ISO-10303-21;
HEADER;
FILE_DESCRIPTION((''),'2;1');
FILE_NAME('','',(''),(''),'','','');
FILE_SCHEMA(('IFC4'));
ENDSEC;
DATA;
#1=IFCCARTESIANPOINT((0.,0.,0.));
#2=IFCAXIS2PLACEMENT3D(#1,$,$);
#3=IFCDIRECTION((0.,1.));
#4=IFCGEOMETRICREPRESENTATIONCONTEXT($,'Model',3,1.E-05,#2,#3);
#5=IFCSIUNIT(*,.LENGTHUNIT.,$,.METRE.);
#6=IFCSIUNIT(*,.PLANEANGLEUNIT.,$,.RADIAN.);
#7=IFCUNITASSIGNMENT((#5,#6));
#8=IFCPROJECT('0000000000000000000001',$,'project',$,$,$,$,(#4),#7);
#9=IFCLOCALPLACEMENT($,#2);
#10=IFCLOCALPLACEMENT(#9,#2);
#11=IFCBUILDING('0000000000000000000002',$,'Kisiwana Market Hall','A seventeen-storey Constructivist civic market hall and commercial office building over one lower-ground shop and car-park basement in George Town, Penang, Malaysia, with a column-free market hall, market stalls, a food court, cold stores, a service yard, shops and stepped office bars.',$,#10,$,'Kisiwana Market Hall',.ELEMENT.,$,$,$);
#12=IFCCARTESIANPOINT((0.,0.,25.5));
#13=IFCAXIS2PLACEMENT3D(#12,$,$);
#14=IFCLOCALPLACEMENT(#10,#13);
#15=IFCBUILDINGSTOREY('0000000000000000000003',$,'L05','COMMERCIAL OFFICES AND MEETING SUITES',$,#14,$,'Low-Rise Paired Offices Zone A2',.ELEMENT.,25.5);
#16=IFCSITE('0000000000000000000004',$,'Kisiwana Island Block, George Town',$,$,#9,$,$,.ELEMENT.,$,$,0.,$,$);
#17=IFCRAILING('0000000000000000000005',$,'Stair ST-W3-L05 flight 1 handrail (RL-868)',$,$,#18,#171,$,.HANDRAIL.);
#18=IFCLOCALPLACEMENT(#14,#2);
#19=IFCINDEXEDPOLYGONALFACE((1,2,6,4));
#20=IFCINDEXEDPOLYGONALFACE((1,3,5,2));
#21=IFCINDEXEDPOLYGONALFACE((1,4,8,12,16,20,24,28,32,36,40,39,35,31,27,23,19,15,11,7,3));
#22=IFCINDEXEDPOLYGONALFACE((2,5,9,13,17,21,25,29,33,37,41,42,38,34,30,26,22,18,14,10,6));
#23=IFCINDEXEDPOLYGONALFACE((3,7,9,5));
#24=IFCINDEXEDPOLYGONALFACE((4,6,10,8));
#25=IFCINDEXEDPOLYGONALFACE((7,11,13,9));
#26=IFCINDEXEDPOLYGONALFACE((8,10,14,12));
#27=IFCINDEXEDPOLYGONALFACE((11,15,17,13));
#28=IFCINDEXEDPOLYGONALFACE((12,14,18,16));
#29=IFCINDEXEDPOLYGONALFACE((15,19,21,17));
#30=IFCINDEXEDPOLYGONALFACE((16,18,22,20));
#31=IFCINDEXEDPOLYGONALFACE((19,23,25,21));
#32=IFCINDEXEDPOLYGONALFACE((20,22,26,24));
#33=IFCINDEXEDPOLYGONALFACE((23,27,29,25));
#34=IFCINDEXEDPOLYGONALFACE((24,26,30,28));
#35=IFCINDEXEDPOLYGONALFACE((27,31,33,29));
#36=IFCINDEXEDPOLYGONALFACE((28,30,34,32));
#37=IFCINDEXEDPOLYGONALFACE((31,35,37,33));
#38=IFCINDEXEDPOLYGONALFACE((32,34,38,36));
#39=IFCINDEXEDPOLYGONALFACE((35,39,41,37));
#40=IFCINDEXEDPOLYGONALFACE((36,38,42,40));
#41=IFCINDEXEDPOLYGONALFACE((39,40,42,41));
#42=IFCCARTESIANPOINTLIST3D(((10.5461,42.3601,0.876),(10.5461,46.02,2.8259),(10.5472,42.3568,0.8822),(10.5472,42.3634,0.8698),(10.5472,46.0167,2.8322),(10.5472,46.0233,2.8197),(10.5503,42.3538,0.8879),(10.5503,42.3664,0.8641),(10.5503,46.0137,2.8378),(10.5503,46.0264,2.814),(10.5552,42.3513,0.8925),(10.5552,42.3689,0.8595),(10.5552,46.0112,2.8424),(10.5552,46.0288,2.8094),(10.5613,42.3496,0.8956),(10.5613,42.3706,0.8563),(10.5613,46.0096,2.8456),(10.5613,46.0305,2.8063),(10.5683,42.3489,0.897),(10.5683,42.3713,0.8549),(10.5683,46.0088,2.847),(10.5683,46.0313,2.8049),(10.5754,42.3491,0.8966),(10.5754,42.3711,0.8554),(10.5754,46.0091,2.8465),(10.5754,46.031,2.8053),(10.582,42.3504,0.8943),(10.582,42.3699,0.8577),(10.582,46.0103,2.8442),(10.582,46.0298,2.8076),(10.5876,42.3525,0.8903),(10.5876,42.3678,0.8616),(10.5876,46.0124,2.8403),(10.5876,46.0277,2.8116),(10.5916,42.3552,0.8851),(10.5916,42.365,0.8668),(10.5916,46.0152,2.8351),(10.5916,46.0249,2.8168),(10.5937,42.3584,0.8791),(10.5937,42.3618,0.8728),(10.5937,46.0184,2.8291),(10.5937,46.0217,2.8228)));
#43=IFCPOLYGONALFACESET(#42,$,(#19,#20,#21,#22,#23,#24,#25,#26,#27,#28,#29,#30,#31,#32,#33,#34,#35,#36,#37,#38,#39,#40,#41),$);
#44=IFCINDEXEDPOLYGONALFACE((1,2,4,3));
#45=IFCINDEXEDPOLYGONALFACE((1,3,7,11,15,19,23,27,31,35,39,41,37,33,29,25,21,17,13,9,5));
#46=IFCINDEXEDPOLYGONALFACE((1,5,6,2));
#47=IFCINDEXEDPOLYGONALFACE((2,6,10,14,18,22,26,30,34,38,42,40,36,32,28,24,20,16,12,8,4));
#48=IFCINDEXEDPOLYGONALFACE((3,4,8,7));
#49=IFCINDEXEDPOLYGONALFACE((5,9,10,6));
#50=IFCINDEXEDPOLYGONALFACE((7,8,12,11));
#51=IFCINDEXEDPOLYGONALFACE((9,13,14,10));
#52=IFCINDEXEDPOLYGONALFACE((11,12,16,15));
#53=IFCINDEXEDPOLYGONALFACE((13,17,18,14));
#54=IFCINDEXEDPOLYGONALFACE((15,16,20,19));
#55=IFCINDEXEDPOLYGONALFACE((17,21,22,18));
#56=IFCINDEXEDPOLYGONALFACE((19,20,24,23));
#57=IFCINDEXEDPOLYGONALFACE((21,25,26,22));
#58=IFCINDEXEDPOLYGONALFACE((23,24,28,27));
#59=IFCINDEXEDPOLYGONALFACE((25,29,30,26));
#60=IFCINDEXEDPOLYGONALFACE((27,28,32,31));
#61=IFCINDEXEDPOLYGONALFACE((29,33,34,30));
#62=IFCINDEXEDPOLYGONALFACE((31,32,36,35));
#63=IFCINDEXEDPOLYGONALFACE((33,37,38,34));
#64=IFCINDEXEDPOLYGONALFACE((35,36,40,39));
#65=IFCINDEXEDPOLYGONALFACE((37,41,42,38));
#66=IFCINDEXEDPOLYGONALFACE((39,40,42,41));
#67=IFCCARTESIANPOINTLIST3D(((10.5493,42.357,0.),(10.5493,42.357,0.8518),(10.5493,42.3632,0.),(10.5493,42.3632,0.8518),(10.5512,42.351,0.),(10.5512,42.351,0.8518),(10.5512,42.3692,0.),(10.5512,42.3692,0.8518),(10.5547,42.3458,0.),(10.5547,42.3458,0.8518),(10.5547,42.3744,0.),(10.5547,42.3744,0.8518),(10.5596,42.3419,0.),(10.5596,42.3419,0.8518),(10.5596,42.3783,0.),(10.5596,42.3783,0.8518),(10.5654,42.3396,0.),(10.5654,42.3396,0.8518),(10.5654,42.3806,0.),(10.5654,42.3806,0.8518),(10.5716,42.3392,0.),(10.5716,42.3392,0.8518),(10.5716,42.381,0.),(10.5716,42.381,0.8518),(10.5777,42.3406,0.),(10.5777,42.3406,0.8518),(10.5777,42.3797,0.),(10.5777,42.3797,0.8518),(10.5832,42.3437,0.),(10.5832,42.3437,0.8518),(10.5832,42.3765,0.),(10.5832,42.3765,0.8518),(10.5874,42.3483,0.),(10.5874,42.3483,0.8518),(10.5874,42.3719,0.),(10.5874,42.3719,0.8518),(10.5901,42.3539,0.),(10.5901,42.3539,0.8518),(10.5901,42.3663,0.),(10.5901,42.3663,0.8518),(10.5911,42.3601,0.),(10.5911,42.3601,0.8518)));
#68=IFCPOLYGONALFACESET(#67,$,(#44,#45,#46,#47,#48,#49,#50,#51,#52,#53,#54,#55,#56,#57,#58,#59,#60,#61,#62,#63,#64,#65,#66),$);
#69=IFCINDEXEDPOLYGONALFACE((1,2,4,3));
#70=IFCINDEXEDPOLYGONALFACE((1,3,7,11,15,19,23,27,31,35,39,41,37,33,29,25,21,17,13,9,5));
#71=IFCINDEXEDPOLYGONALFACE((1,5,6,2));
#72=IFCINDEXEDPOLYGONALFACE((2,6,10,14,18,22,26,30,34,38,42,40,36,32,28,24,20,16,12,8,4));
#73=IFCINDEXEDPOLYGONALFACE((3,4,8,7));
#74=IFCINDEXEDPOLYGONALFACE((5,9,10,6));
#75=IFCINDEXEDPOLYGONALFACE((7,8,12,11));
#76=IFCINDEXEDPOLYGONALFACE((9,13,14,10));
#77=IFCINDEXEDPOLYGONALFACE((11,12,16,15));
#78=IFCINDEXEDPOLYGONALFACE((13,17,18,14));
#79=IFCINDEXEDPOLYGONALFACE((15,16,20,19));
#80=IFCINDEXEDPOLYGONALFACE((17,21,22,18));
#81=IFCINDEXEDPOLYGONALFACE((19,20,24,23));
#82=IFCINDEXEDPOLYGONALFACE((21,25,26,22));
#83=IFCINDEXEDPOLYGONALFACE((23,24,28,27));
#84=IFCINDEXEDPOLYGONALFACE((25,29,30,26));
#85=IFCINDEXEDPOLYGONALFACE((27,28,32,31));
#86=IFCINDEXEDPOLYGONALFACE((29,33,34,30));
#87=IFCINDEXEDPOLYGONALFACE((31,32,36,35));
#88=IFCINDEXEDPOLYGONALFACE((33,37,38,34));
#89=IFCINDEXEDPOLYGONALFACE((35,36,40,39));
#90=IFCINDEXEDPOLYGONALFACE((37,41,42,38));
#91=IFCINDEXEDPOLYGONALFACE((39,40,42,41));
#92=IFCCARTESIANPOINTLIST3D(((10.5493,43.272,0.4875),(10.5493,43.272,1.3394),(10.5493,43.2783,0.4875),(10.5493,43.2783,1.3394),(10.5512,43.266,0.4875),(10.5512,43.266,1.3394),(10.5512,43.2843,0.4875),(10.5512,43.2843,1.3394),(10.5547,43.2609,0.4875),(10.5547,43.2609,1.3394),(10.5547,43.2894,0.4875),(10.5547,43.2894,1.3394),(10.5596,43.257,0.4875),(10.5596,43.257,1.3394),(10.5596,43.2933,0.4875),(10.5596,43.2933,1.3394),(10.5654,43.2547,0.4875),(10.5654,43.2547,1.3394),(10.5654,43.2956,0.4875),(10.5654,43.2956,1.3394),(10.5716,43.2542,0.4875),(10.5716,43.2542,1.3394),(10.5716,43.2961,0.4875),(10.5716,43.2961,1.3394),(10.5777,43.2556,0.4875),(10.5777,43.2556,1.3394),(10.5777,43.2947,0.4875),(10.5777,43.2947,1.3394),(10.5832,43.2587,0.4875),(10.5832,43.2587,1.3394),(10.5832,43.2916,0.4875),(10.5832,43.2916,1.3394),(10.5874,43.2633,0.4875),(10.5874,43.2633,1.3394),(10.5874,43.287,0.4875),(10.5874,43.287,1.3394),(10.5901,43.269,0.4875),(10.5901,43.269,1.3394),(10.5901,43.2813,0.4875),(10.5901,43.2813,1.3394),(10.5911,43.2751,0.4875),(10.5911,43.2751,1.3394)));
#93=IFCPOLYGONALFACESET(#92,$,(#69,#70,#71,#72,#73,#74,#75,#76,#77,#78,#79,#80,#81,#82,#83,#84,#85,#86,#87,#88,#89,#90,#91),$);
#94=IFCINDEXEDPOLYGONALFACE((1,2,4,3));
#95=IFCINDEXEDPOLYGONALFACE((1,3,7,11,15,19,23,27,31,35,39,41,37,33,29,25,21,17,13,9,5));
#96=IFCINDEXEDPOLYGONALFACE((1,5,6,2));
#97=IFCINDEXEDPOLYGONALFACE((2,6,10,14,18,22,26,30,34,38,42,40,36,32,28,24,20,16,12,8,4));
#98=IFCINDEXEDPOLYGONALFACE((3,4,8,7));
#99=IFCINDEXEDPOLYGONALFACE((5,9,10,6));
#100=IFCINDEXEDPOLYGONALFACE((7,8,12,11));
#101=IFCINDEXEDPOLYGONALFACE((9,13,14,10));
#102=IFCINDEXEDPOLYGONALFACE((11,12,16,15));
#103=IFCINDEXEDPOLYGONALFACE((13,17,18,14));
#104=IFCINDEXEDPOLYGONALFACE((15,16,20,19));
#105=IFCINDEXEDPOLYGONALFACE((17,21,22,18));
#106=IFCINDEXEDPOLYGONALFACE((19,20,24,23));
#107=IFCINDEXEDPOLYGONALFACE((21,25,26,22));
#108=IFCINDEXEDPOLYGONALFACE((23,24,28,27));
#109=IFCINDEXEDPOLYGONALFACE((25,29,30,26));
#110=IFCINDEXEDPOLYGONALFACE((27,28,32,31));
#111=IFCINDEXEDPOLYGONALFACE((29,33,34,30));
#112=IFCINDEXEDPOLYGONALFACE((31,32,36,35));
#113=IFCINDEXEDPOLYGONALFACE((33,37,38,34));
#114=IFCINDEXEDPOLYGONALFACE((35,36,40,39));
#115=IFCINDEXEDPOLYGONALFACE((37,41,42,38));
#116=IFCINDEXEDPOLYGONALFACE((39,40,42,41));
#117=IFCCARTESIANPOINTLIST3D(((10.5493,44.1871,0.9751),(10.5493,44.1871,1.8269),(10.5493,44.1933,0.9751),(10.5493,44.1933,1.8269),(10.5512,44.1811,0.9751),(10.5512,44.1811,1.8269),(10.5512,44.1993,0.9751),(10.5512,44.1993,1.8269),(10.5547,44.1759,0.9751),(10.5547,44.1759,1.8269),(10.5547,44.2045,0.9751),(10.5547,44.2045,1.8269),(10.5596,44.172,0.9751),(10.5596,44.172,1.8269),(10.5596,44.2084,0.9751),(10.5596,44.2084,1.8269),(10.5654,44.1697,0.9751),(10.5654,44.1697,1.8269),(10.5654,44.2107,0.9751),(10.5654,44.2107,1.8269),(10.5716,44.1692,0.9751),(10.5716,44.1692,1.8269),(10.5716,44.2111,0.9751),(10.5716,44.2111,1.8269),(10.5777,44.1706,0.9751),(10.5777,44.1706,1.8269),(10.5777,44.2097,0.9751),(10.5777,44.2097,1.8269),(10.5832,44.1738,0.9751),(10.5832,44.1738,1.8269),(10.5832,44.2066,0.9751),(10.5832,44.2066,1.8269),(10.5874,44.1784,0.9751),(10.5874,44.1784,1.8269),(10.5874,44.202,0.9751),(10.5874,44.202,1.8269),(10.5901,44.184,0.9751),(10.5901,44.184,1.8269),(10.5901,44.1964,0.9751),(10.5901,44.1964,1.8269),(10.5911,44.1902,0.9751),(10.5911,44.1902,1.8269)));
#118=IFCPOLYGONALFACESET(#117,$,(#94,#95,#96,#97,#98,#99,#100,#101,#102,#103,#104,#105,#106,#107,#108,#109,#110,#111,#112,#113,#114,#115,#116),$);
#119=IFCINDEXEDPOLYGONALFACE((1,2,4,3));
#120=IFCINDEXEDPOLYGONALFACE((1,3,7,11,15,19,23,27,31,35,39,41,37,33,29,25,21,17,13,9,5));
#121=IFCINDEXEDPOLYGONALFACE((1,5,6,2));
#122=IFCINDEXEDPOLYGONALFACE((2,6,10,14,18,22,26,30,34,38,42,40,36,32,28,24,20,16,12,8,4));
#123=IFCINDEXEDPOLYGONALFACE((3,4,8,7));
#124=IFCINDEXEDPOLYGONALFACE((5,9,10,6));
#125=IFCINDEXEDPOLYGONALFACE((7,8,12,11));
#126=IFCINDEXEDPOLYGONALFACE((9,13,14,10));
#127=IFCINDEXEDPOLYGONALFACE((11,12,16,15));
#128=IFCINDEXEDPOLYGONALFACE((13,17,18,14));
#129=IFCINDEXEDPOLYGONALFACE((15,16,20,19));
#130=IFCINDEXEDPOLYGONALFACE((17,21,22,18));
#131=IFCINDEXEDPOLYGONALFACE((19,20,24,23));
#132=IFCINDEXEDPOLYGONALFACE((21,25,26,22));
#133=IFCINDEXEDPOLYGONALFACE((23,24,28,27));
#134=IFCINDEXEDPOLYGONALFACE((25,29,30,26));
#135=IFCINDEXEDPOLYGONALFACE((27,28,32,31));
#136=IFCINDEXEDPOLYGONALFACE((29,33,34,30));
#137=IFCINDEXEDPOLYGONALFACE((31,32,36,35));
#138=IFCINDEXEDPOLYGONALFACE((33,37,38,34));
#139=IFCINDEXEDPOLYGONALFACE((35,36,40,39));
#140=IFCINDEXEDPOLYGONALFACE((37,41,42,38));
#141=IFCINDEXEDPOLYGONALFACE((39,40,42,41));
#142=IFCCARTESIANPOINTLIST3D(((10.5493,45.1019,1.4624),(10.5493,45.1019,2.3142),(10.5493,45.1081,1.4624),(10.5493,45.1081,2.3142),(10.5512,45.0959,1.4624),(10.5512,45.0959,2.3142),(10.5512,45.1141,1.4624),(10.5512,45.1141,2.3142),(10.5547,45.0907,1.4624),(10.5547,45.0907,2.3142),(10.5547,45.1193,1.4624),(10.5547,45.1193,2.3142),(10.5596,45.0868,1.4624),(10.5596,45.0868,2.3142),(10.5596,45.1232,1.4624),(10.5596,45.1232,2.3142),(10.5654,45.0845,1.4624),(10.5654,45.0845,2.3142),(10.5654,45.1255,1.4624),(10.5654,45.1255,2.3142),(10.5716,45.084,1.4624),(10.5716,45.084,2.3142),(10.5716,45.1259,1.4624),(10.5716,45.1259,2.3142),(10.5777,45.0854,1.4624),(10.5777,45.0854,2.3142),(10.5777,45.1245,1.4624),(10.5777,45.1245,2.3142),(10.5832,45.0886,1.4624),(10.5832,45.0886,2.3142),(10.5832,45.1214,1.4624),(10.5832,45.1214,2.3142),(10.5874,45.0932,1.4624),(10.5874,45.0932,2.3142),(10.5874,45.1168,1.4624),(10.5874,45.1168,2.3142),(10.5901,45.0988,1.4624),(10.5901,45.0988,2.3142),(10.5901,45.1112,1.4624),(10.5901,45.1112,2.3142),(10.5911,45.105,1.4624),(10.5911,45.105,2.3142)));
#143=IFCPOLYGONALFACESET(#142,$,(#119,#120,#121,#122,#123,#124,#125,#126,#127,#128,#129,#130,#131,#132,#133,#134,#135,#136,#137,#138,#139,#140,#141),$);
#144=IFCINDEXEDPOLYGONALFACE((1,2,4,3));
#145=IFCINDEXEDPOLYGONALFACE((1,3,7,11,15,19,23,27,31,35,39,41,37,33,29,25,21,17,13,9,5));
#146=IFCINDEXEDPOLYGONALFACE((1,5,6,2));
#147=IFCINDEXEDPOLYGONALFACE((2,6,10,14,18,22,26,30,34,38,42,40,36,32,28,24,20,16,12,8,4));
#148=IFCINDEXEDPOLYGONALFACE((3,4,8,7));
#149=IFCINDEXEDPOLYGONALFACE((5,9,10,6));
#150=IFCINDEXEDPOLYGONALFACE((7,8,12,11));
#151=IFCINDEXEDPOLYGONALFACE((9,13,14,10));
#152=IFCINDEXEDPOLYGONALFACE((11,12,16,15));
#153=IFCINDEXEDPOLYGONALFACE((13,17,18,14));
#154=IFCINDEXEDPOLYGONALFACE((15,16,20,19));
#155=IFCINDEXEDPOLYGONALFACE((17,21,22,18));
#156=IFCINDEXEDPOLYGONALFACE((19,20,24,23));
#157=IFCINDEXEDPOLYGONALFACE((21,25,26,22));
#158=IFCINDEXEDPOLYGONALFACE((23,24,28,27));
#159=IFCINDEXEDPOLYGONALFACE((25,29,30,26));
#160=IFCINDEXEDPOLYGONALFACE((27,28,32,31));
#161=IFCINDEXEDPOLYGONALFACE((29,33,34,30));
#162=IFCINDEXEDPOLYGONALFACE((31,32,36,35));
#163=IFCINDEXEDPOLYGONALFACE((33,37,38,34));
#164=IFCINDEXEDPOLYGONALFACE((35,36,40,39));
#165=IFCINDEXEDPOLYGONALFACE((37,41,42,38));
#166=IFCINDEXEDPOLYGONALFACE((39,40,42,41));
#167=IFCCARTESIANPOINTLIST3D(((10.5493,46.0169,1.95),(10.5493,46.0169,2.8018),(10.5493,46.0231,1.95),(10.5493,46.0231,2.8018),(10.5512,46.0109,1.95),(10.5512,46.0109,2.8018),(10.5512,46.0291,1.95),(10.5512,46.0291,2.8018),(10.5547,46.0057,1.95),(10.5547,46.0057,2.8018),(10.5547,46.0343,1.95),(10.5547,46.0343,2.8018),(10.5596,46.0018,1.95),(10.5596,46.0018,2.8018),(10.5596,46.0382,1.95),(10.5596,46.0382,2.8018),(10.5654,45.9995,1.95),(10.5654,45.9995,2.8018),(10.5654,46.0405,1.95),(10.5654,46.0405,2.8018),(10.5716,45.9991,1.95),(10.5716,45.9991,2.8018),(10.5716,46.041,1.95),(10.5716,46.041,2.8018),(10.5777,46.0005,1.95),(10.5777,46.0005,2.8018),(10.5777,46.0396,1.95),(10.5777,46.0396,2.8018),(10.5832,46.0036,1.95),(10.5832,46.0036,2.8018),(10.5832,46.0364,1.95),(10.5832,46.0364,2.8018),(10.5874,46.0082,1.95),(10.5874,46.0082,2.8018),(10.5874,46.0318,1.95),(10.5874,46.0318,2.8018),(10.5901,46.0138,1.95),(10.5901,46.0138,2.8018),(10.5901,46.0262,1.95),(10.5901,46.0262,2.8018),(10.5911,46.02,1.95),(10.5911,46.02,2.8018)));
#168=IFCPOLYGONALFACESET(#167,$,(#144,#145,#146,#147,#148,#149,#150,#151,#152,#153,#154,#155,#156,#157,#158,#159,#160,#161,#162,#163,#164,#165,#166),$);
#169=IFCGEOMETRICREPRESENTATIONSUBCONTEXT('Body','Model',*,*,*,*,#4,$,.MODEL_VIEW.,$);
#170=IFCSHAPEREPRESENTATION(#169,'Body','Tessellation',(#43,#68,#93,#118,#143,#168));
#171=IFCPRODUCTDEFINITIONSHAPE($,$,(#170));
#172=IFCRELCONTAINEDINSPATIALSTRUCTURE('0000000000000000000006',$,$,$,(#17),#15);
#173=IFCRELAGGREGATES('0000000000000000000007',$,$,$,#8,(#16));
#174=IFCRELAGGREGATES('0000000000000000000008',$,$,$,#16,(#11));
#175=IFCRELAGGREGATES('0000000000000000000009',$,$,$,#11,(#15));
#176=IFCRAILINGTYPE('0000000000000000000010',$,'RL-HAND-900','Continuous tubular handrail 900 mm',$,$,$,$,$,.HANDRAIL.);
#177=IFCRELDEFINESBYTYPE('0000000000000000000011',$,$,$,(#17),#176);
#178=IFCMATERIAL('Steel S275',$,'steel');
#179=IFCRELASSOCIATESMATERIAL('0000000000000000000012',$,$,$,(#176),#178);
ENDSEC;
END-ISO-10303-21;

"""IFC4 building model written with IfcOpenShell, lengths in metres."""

from ifc_helpers import new_model, si_unit, direction, frame, origin, origin_2d, place, context, subcontext, project, spatial, circle, extrude, material, type_object, element, save


model = new_model("IFC4")

# Units and contexts
model_context = context("Model", 3, precision=1e-05, world=origin(), true_north=direction((0.0, 1.0)))
body_context = subcontext(model_context, "Body", "Model", "MODEL_VIEW")
ifc_project = project(units=[si_unit("LENGTHUNIT", "METRE"), si_unit("PLANEANGLEUNIT", "RADIAN")], contexts=[model_context])

# Site, building, storey
site_placement = place(None, origin())
site = spatial("IfcSite", under=ifc_project, at=site_placement, Name="Kisiwana Island Block, George Town", CompositionType="ELEMENT", RefElevation=0.0)
building_placement = place(site_placement, origin())
building = spatial("IfcBuilding", under=site, at=building_placement, Name="Kisiwana Market Hall", Description="A seventeen-storey Constructivist civic market hall and commercial office building over one lower-ground shop and car-park basement in George Town, Penang, Malaysia, with a column-free market hall, market stalls, a food court, cold stores, a service yard, shops and stepped office bars.", LongName="Kisiwana Market Hall", CompositionType="ELEMENT")
storey_placement = place(building_placement, frame((0.0, 0.0, 25.5)))
storey = spatial("IfcBuildingStorey", under=building, at=storey_placement, Name="L05", Description="COMMERCIAL OFFICES AND MEETING SUITES", LongName="Low-Rise Paired Offices Zone A2", CompositionType="ELEMENT", Elevation=25.5)

# Railing
ifc_material_1 = material(Name="Steel S275", Category="steel")
railing_type_1 = type_object("IfcRailingType", Name="RL-HAND-900", Description="Continuous tubular handrail 900 mm", PredefinedType="HANDRAIL", material=ifc_material_1)
for number, where, name in (
    (1, (10.5701, 42.3601, 0.0), "Stair ST-W3-L05 flight 1 handrail (RL-868)"),
):
    element("IfcRailing", number, at=place(storey_placement, frame(where)), inside=storey, type_object=railing_type_1, Name=name, PredefinedType="HANDRAIL", context=body_context, shape_type="SweptSolid", body=[
        extrude(circle(Radius=0.0239, at=origin_2d()), frame((0.0, 0.0, 0.876), z_axis=(0.0, 0.882553, 0.470212), x_axis=(-1.0, 0.0, 0.0)), (0.0, 0.0, 1.0), 4.147),
        extrude(circle(Radius=0.021, at=origin_2d()), origin(), (0.0, 0.0, 1.0), 0.8518),
        extrude(circle(Radius=0.021, at=origin_2d()), frame((0.0, 0.915, 0.4875)), (0.0, 0.0, 1.0), 0.8518),
        extrude(circle(Radius=0.021, at=origin_2d()), frame((0.0, 1.8301, 0.9751)), (0.0, 0.0, 1.0), 0.8518),
        extrude(circle(Radius=0.021, at=origin_2d()), frame((0.0, 2.7449, 1.4624)), (0.0, 0.0, 1.0), 0.8518),
        extrude(circle(Radius=0.021, at=origin_2d()), frame((0.0, 3.6599, 1.95)), (0.0, 0.0, 1.0), 0.8518),
    ])

save(model, "model.ifc")
